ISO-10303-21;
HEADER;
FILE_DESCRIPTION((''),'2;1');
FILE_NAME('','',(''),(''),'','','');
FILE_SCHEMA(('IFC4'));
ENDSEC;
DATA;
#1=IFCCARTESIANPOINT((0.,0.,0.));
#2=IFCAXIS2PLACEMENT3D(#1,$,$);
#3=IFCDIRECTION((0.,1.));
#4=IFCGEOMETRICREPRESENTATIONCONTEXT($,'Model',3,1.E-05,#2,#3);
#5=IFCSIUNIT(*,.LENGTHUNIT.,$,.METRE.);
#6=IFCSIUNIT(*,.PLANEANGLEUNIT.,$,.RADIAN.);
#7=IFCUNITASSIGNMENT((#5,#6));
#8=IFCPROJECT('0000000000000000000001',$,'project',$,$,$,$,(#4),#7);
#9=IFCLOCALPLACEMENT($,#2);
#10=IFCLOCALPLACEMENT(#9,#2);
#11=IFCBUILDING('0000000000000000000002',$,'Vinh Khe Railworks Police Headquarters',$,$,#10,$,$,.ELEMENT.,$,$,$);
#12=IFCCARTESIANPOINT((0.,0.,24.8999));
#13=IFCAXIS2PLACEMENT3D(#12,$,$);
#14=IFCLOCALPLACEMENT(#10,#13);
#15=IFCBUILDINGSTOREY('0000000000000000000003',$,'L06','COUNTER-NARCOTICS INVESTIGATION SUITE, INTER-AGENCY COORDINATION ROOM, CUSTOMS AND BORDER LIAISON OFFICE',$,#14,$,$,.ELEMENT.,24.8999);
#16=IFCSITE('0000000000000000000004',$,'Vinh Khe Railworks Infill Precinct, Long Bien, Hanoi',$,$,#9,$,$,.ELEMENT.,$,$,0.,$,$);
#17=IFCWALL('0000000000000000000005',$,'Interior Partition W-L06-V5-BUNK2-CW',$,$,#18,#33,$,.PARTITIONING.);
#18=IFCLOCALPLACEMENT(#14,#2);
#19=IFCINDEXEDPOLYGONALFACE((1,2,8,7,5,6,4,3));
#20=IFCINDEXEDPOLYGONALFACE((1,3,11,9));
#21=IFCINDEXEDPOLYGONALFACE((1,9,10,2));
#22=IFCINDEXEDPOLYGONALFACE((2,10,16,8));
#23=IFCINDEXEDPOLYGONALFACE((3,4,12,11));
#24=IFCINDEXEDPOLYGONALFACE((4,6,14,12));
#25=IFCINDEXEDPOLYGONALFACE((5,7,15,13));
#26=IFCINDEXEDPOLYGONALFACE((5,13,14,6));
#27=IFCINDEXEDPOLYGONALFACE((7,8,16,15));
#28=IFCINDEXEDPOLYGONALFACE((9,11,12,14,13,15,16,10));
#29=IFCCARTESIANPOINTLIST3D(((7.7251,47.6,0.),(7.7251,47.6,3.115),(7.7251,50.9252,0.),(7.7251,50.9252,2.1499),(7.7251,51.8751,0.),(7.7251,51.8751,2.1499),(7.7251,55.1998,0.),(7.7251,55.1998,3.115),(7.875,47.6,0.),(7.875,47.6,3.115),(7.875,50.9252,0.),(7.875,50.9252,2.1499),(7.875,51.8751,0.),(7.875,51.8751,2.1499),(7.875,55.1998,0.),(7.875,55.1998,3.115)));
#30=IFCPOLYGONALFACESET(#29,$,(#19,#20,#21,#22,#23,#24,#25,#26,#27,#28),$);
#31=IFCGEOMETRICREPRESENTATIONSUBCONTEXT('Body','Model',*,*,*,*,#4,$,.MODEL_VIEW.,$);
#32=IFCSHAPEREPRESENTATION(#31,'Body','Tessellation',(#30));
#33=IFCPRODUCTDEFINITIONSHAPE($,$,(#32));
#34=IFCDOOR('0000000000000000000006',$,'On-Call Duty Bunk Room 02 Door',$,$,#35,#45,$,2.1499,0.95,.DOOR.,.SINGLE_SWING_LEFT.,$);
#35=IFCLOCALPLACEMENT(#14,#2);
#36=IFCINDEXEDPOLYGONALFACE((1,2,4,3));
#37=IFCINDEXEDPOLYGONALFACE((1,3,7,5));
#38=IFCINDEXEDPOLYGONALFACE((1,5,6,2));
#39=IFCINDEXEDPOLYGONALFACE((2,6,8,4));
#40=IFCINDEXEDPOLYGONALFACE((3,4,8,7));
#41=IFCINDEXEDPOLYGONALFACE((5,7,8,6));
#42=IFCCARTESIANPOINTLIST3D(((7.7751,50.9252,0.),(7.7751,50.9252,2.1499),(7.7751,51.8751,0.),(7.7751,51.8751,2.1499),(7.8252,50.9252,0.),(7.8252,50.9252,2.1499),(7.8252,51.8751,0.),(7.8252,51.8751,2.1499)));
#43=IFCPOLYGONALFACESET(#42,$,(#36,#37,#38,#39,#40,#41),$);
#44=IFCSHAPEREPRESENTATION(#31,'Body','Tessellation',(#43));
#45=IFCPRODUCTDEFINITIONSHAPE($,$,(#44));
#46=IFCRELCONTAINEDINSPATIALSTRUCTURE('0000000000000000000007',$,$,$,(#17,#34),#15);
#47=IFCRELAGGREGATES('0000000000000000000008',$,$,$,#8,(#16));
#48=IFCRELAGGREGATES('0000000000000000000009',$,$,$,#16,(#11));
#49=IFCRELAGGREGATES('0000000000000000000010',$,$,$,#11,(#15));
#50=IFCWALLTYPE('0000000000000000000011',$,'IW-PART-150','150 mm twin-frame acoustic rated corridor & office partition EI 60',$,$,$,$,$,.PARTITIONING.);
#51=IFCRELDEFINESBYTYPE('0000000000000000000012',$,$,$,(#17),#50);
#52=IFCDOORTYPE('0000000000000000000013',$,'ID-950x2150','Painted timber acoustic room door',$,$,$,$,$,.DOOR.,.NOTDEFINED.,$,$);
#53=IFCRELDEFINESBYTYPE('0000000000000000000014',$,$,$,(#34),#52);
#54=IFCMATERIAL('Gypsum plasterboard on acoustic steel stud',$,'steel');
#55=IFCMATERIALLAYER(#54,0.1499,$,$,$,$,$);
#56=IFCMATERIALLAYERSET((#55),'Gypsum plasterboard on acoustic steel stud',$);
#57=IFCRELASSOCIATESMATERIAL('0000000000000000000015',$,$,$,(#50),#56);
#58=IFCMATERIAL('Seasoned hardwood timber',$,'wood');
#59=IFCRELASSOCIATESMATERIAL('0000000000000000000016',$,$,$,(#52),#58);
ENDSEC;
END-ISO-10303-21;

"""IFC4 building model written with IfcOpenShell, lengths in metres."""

from ifc_helpers import new_model, si_unit, direction, frame, frame_2d, origin, place, context, subcontext, project, spatial, rectangle, extrude, material, layer, layer_set, type_object, element, fill, save


model = new_model("IFC4")

# Units and contexts
model_context = context("Model", 3, precision=1e-05, world=origin(), true_north=direction((0.0, 1.0)))
body_context = subcontext(model_context, "Body", "Model", "MODEL_VIEW")
ifc_project = project(units=[si_unit("LENGTHUNIT", "METRE"), si_unit("PLANEANGLEUNIT", "RADIAN")], contexts=[model_context])

# Site, building, storey
site_placement = place(None, origin())
site = spatial("IfcSite", under=ifc_project, at=site_placement, Name="Vinh Khe Railworks Infill Precinct, Long Bien, Hanoi", CompositionType="ELEMENT", RefElevation=0.0)
building_placement = place(site_placement, origin())
building = spatial("IfcBuilding", under=site, at=building_placement, Name="Vinh Khe Railworks Police Headquarters", CompositionType="ELEMENT")
storey_placement = place(building_placement, frame((0.0, 0.0, 24.8999)))
storey = spatial("IfcBuildingStorey", under=building, at=storey_placement, Name="L06", Description="COUNTER-NARCOTICS INVESTIGATION SUITE, INTER-AGENCY COORDINATION ROOM, CUSTOMS AND BORDER LIAISON OFFICE", CompositionType="ELEMENT", Elevation=24.8999)

# Wall, opening, door
ifc_material_1 = material(Name="Gypsum plasterboard on acoustic steel stud", Category="steel")
ifc_layer_1 = layer(ifc_material_1, 0.1499)
ifc_layer_set_1 = layer_set([ifc_layer_1], Name="Gypsum plasterboard on acoustic steel stud")
wall_type_1 = type_object("IfcWallType", Name="IW-PART-150", Description="150 mm twin-frame acoustic rated corridor & office partition EI 60", PredefinedType="PARTITIONING", material=ifc_layer_set_1)
wall_1_placement = place(storey_placement, frame((7.8, 47.6001, 0.0), z_axis=(0.0, 0.0, 1.0), x_axis=(0.0, 1.0, 0.0)))
wall_1 = element("IfcWall", 1, at=wall_1_placement, inside=storey, type_object=wall_type_1, Name="Interior Partition W-L06-V5-BUNK2-CW", PredefinedType="PARTITIONING", context=body_context, shape_type="SweptSolid", body=[
    extrude(rectangle(XDim=7.5999, YDim=0.1499, at=frame_2d((3.7998, 0.0))), origin(), (0.0, 0.0, 1.0), 3.115),
])
opening_1_placement = place(wall_1_placement, frame((3.325, 0.0, 0.0)))
opening_1 = element("IfcOpeningElement", 2, at=opening_1_placement, cuts=wall_1, PredefinedType="OPENING", context=body_context, shape_type="SweptSolid", body=[
    extrude(rectangle(XDim=0.95, YDim=2.1499, at=frame_2d((0.4751, 1.075))), frame((0.0, 0.0898, 0.0), z_axis=(0.0, -1.0, 0.0), x_axis=(1.0, 0.0, 0.0)), (0.0, 0.0, 1.0), 0.1797),
])
ifc_material_2 = material(Name="Seasoned hardwood timber", Category="wood")
door_type = type_object("IfcDoorType", Name="ID-950x2150", Description="Painted timber acoustic room door", OperationType="NOTDEFINED", PredefinedType="DOOR", material=ifc_material_2)
door_placement = place(opening_1_placement, origin())
door = element("IfcDoor", 3, at=door_placement, inside=storey, type_object=door_type, Name="On-Call Duty Bunk Room 02 Door", OperationType="SINGLE_SWING_LEFT", OverallHeight=2.1499, OverallWidth=0.95, PredefinedType="DOOR", context=body_context, shape_type="SweptSolid", body=[
    extrude(rectangle(XDim=0.95, YDim=2.1499, at=frame_2d((0.4751, 1.075))), frame((0.0, 0.0249, 0.0), z_axis=(0.0, -1.0, 0.0), x_axis=(1.0, 0.0, 0.0)), (0.0, 0.0, 1.0), 0.05),
])
fill(opening_1, door)

save(model, "model.ifc")
